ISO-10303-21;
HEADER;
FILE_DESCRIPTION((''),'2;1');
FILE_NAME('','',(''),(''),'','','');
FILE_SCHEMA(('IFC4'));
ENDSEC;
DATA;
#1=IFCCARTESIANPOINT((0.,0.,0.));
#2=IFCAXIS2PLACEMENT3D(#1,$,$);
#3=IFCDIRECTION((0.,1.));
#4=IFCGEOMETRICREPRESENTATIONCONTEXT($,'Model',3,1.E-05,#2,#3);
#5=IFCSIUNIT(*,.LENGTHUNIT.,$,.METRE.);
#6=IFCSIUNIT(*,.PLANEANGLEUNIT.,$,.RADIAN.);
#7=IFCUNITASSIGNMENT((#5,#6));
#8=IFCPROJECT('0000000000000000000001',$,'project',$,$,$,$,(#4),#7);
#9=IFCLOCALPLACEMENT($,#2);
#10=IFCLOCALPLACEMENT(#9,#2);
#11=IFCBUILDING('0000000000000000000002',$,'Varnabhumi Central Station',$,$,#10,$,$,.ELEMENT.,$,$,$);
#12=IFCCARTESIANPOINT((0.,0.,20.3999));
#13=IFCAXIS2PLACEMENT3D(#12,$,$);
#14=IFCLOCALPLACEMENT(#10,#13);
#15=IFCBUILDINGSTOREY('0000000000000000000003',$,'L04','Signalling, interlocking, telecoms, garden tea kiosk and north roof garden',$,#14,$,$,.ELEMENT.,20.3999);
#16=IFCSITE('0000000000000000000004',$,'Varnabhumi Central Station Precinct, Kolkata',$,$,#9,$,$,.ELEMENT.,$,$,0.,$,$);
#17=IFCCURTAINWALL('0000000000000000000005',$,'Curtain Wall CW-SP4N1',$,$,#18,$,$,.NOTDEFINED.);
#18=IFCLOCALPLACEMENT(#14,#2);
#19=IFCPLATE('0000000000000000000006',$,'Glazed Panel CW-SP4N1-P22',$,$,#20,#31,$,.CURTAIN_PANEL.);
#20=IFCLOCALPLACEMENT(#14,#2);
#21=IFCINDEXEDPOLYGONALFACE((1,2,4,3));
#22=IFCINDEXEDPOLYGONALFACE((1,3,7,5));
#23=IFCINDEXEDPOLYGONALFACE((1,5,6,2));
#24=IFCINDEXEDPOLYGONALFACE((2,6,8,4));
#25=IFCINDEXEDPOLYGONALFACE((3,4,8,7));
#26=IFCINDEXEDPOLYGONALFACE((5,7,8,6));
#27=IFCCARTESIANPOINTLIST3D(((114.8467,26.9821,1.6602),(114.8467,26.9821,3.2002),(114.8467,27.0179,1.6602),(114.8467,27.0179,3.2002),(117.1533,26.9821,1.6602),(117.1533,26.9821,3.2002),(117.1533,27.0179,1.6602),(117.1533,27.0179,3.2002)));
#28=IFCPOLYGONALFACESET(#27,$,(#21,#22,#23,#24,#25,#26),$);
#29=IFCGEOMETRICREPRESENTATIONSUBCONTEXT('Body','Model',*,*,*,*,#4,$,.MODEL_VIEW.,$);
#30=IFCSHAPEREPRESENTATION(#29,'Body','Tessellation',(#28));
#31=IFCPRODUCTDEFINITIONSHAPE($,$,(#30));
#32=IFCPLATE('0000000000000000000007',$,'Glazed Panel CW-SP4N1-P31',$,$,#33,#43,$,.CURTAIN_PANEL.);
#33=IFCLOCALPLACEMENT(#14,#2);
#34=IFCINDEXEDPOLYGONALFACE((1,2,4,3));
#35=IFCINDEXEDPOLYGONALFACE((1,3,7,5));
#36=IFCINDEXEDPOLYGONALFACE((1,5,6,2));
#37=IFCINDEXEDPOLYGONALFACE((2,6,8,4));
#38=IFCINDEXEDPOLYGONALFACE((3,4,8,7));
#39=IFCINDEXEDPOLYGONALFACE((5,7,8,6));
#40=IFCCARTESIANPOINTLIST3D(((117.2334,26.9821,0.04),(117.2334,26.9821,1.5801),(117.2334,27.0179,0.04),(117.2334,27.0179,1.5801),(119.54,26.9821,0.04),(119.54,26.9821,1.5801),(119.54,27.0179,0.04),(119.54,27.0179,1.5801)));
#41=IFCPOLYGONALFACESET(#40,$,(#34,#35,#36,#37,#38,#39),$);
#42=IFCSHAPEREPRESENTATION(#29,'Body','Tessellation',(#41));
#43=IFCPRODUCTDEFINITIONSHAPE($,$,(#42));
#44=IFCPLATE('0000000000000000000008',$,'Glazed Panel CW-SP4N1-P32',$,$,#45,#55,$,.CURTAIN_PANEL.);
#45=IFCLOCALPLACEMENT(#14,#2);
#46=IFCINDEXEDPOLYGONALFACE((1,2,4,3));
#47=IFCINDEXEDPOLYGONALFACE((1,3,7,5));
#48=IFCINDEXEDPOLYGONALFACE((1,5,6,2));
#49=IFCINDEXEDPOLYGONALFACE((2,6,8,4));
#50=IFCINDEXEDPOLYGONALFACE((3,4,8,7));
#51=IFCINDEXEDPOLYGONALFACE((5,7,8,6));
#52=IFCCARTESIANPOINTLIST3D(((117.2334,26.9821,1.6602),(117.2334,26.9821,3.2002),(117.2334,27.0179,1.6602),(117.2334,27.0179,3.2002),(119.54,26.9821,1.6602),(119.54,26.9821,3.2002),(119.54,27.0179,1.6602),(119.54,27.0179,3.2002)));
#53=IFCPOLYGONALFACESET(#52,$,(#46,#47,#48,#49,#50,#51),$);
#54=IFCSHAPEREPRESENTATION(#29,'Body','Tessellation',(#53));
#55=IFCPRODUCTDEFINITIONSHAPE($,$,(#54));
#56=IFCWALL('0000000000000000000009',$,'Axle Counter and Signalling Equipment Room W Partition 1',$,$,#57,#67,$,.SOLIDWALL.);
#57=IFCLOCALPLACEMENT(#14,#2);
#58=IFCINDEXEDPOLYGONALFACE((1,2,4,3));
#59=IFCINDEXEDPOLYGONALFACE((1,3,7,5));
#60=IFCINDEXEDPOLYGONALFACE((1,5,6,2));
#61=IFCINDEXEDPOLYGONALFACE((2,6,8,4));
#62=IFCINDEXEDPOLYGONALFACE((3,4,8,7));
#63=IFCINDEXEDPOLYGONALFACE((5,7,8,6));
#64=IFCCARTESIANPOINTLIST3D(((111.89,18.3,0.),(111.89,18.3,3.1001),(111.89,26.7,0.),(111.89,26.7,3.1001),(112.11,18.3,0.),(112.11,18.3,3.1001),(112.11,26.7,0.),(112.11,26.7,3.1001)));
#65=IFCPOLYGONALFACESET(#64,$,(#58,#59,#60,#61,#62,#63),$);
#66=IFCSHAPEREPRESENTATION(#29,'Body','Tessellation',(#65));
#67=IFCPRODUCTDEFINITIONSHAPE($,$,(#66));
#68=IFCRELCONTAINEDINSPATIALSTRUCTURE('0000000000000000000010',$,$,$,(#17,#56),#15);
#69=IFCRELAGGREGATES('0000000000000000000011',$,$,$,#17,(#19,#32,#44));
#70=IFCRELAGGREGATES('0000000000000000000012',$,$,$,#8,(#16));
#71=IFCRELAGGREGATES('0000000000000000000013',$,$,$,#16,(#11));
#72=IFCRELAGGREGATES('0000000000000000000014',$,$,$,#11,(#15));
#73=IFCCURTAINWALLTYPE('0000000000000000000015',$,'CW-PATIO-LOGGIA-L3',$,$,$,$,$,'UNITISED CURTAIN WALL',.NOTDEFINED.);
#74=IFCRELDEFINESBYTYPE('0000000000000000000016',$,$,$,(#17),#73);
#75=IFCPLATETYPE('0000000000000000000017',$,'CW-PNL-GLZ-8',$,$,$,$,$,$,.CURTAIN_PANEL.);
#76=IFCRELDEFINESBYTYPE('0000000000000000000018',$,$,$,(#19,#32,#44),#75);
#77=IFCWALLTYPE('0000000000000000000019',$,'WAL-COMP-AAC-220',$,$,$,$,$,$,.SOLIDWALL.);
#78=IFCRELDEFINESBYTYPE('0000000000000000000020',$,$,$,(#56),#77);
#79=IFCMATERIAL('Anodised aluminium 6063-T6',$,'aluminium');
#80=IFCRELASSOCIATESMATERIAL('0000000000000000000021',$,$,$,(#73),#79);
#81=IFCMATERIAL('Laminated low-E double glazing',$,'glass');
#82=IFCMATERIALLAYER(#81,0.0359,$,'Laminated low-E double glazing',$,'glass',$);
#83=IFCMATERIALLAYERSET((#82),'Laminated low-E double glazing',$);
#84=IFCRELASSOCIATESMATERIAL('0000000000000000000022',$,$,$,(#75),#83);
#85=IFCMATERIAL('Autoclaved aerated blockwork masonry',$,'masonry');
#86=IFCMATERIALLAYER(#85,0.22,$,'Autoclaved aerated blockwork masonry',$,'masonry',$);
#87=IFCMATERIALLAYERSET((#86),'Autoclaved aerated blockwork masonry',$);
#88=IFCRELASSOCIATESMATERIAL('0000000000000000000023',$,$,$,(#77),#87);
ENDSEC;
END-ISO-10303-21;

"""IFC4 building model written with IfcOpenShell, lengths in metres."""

from ifc_helpers import new_model, si_unit, direction, frame, frame_2d, origin, origin_2d, place, context, subcontext, project, spatial, rectangle, extrude, material, layer, layer_set, type_object, element, aggregate, save


model = new_model("IFC4")

# Units and contexts
model_context = context("Model", 3, precision=1e-05, world=origin(), true_north=direction((0.0, 1.0)))
body_context = subcontext(model_context, "Body", "Model", "MODEL_VIEW")
ifc_project = project(units=[si_unit("LENGTHUNIT", "METRE"), si_unit("PLANEANGLEUNIT", "RADIAN")], contexts=[model_context])

# Site, building, storey
site_placement = place(None, origin())
site = spatial("IfcSite", under=ifc_project, at=site_placement, Name="Varnabhumi Central Station Precinct, Kolkata", CompositionType="ELEMENT", RefElevation=0.0)
building_placement = place(site_placement, origin())
building = spatial("IfcBuilding", under=site, at=building_placement, Name="Varnabhumi Central Station", CompositionType="ELEMENT")
storey_placement = place(building_placement, frame((0.0, 0.0, 20.3999)))
storey = spatial("IfcBuildingStorey", under=building, at=storey_placement, Name="L04", Description="Signalling, interlocking, telecoms, garden tea kiosk and north roof garden", CompositionType="ELEMENT", Elevation=20.3999)

# Curtain wall
ifc_material_1 = material(Name="Anodised aluminium 6063-T6", Category="aluminium")
curtain_wall_type = type_object("IfcCurtainWallType", Name="CW-PATIO-LOGGIA-L3", ElementType="UNITISED CURTAIN WALL", PredefinedType="NOTDEFINED", material=ifc_material_1)
curtain_wall_1_placement = place(storey_placement, origin())
curtain_wall_1 = element("IfcCurtainWall", 1, at=curtain_wall_1_placement, inside=storey, type_object=curtain_wall_type, Name="Curtain Wall CW-SP4N1", PredefinedType="NOTDEFINED")

# Plates
ifc_material_2 = material(Name="Laminated low-E double glazing", Category="glass")
ifc_layer_1 = layer(ifc_material_2, 0.0359, Name="Laminated low-E double glazing", Category="glass")
ifc_layer_set_1 = layer_set([ifc_layer_1], Name="Laminated low-E double glazing")
plate_type_1 = type_object("IfcPlateType", Name="CW-PNL-GLZ-8", PredefinedType="CURTAIN_PANEL", material=ifc_layer_set_1)
plate_1_placement = place(storey_placement, frame((116.0, 27.0, 1.6602), z_axis=(0.0, 0.0, 1.0), x_axis=(1.0, 0.0, 0.0)))
plate_1 = element("IfcPlate", 2, at=plate_1_placement, type_object=plate_type_1, Name="Glazed Panel CW-SP4N1-P22", PredefinedType="CURTAIN_PANEL", context=body_context, shape_type="SweptSolid", body=[
    extrude(rectangle(XDim=2.3066, YDim=0.0359, at=origin_2d()), origin(), (0.0, 0.0, 1.0), 1.54),
])
plate_2_placement = place(storey_placement, frame((118.3867, 27.0, 0.04), z_axis=(0.0, 0.0, 1.0), x_axis=(1.0, 0.0, 0.0)))
plate_2 = element("IfcPlate", 3, at=plate_2_placement, type_object=plate_type_1, Name="Glazed Panel CW-SP4N1-P31", PredefinedType="CURTAIN_PANEL", context=body_context, shape_type="SweptSolid", body=[
    extrude(rectangle(XDim=2.3066, YDim=0.0359, at=origin_2d()), origin(), (0.0, 0.0, 1.0), 1.54),
])
plate_3_placement = place(storey_placement, frame((118.3867, 27.0, 1.6602), z_axis=(0.0, 0.0, 1.0), x_axis=(1.0, 0.0, 0.0)))
plate_3 = element("IfcPlate", 4, at=plate_3_placement, type_object=plate_type_1, Name="Glazed Panel CW-SP4N1-P32", PredefinedType="CURTAIN_PANEL", context=body_context, shape_type="SweptSolid", body=[
    extrude(rectangle(XDim=2.3066, YDim=0.0359, at=origin_2d()), origin(), (0.0, 0.0, 1.0), 1.54),
])
aggregate(curtain_wall_1, [plate_1, plate_2, plate_3])

# Wall
ifc_material_3 = material(Name="Autoclaved aerated blockwork masonry", Category="masonry")
ifc_layer_2 = layer(ifc_material_3, 0.22, Name="Autoclaved aerated blockwork masonry", Category="masonry")
ifc_layer_set_2 = layer_set([ifc_layer_2], Name="Autoclaved aerated blockwork masonry")
wall_type = type_object("IfcWallType", Name="WAL-COMP-AAC-220", PredefinedType="SOLIDWALL", material=ifc_layer_set_2)
wall_placement = place(storey_placement, frame((112.0, 18.3, 0.0), z_axis=(0.0, 0.0, 1.0), x_axis=(0.0, 1.0, 0.0)))
element("IfcWall", 5, at=wall_placement, inside=storey, type_object=wall_type, Name="Axle Counter and Signalling Equipment Room W Partition 1", PredefinedType="SOLIDWALL", context=body_context, shape_type="SweptSolid", body=[
    extrude(rectangle(XDim=8.3999, YDim=0.22, at=frame_2d((4.2, 0.0))), origin(), (0.0, 0.0, 1.0), 3.1001),
])

save(model, "model.ifc")
